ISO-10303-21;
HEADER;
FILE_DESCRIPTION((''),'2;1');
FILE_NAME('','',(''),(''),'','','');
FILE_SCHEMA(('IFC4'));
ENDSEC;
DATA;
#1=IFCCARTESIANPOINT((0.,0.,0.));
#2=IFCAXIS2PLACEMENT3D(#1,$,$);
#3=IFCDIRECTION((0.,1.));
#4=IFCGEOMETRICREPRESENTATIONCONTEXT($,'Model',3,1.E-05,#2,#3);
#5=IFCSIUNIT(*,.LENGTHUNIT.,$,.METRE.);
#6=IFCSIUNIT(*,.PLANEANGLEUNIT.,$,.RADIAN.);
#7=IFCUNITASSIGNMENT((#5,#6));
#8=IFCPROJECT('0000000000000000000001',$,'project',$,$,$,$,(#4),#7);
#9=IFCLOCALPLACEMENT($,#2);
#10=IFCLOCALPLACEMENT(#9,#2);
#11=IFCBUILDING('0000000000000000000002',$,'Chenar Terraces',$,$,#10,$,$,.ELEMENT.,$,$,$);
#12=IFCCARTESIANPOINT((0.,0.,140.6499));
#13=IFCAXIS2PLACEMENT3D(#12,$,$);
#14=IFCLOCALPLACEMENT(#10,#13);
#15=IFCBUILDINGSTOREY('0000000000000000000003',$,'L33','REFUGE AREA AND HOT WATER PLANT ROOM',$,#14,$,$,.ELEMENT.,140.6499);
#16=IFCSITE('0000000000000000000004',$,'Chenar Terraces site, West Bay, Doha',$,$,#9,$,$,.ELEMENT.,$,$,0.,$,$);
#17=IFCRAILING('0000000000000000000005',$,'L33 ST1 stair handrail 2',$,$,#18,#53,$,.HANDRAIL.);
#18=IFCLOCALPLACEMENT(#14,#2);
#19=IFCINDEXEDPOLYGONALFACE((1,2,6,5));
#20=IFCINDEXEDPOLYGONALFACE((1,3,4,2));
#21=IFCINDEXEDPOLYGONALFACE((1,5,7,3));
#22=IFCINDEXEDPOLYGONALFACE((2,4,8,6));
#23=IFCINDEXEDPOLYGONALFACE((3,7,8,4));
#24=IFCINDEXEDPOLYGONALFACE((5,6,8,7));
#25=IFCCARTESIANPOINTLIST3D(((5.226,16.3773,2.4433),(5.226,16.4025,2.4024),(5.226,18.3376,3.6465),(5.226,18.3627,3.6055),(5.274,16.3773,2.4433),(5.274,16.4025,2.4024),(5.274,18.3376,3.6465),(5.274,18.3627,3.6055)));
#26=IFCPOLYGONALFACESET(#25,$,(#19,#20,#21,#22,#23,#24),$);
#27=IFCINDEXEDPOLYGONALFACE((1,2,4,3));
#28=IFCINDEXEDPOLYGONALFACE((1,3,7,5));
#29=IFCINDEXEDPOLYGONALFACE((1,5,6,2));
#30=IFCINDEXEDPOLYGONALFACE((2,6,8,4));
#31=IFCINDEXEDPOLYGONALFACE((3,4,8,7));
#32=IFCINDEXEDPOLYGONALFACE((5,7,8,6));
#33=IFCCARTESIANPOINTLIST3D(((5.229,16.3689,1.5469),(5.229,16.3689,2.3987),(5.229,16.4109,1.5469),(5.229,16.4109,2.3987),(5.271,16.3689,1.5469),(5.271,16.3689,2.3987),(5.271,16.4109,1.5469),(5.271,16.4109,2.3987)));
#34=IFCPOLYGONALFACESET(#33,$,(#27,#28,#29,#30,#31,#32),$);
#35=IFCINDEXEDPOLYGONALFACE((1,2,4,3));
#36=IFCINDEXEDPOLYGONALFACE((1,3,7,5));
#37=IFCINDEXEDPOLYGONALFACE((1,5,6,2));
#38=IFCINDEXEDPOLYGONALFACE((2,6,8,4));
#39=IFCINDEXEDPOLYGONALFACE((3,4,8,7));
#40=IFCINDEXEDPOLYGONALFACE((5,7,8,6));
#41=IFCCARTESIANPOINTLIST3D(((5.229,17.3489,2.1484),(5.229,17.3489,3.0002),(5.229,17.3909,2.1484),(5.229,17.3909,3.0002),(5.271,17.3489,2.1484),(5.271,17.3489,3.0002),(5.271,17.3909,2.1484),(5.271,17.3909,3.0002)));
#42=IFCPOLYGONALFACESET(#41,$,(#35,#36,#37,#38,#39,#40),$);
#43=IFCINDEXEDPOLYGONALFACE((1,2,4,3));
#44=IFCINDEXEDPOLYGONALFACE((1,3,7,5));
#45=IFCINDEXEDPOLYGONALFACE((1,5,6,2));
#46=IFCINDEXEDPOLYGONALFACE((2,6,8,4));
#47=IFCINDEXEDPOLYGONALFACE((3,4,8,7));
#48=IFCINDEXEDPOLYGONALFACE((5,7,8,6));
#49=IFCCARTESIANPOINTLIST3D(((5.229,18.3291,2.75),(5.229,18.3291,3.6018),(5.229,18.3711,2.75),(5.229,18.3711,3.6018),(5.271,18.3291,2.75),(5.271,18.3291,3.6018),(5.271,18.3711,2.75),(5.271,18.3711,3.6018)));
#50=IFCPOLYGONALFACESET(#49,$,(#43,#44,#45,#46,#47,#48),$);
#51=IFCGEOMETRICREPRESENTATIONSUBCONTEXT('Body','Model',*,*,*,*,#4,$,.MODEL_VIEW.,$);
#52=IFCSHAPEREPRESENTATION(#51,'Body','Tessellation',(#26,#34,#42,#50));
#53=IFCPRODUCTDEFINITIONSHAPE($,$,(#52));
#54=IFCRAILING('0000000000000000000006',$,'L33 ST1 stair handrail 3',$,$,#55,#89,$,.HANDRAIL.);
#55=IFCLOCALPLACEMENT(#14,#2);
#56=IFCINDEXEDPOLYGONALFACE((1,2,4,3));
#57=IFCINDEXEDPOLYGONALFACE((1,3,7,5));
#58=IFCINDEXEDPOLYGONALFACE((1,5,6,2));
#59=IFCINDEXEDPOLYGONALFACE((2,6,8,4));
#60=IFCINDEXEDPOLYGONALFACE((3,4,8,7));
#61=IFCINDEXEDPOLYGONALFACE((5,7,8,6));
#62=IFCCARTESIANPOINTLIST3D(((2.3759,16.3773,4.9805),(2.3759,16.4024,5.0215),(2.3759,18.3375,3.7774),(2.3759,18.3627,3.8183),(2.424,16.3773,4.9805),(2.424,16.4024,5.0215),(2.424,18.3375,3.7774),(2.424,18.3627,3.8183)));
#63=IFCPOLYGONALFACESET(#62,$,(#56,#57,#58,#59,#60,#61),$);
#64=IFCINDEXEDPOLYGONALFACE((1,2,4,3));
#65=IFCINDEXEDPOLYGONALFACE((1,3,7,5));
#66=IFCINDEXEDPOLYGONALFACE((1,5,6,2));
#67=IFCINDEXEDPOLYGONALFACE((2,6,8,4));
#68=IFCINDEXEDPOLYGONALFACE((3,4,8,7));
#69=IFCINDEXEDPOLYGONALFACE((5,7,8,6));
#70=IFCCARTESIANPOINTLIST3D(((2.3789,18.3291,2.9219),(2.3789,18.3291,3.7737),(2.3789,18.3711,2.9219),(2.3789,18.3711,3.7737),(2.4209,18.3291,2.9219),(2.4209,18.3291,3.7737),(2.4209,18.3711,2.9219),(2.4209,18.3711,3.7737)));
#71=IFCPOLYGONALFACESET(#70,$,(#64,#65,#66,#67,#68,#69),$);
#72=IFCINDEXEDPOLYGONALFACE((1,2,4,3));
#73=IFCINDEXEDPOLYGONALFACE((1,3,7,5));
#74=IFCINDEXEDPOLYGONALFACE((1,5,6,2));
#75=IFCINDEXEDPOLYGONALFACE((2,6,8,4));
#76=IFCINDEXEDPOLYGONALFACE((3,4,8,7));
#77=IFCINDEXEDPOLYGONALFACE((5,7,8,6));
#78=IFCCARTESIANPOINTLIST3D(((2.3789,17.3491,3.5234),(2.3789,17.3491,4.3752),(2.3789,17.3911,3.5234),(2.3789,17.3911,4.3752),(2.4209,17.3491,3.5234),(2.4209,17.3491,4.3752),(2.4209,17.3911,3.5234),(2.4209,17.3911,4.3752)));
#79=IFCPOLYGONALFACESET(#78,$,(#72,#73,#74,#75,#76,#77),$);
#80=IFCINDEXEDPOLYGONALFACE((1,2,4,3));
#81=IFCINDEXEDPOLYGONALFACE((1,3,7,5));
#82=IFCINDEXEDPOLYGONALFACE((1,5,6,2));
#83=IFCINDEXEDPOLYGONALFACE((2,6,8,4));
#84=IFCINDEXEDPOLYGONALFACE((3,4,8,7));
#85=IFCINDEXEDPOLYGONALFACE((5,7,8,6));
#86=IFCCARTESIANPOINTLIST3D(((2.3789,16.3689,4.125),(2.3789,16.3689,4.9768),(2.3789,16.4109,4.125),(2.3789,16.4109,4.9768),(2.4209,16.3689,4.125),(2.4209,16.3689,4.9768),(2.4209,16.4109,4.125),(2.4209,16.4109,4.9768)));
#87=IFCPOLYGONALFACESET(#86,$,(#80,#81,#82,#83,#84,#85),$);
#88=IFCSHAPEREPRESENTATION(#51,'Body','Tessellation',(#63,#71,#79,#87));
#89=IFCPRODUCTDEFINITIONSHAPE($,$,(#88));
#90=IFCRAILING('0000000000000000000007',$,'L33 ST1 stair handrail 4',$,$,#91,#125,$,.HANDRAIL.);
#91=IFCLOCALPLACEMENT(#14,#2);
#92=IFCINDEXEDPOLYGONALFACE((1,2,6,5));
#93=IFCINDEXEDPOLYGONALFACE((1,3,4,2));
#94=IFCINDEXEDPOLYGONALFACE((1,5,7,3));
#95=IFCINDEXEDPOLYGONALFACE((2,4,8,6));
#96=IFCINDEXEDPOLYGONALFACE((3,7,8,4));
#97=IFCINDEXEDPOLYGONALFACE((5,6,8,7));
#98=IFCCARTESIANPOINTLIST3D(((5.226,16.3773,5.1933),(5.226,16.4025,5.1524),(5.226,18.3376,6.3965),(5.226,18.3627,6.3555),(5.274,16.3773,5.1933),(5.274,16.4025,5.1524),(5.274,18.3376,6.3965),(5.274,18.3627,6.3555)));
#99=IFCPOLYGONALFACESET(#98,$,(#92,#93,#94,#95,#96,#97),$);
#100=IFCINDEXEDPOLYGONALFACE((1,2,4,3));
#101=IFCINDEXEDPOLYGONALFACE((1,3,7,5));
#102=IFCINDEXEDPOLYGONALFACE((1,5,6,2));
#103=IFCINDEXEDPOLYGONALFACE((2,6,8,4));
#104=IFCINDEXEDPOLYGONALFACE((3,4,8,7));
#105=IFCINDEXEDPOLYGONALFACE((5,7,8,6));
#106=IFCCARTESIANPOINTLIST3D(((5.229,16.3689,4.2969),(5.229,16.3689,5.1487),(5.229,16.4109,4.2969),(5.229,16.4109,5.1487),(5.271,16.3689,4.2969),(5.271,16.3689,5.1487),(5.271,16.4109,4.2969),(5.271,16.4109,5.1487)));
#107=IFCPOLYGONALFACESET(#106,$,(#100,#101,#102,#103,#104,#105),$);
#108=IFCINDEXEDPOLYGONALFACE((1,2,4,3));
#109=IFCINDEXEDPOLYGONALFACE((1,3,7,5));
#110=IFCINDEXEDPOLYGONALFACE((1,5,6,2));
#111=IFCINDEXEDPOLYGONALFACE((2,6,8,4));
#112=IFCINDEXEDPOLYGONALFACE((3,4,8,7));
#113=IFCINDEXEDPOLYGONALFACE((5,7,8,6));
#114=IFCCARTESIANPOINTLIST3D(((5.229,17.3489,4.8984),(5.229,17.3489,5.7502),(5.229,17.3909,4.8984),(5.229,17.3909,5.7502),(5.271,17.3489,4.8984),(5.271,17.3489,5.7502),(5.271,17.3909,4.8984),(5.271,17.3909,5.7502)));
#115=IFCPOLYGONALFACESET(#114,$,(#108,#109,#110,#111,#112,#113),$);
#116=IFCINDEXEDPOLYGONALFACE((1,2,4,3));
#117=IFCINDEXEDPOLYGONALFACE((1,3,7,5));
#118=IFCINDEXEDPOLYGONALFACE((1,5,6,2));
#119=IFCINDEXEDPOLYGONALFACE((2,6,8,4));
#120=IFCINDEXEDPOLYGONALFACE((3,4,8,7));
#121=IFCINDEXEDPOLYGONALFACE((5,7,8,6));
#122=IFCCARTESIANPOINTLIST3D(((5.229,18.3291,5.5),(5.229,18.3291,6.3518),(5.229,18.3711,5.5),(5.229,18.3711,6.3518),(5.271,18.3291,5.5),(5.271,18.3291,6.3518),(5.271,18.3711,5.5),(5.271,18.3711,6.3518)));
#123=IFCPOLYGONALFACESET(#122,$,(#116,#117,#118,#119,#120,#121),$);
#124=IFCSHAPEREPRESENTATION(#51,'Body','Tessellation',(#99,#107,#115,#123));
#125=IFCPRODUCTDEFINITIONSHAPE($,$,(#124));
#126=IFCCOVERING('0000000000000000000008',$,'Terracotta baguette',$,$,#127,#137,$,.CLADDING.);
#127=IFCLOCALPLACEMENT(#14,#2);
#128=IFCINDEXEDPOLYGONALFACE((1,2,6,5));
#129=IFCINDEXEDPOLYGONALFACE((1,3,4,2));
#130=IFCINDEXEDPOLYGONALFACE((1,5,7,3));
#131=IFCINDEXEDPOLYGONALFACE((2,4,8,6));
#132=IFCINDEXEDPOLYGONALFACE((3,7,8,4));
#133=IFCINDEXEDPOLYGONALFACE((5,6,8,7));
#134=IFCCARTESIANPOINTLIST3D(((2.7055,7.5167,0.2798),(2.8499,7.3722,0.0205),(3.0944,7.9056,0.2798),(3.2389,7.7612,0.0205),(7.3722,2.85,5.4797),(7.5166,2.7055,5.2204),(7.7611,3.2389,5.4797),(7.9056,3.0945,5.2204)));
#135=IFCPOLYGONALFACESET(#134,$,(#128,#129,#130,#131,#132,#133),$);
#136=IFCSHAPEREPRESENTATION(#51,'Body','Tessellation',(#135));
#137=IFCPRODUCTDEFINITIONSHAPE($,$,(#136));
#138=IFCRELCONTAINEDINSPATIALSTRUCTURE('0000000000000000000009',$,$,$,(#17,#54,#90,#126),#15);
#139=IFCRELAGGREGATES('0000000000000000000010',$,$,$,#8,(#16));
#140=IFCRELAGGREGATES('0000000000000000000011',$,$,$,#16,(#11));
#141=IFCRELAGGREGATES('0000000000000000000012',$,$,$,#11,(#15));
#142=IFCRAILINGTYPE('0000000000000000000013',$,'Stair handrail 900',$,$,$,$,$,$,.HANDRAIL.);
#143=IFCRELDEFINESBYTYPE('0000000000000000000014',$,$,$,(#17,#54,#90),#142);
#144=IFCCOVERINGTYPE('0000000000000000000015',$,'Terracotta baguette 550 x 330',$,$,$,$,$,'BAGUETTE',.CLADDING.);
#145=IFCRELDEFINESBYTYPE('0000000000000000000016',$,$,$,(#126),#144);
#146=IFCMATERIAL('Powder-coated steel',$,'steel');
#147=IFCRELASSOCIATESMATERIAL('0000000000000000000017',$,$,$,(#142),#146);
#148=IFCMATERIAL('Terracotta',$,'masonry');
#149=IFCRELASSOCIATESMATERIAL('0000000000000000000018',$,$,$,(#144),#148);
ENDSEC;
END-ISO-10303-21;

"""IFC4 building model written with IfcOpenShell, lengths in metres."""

from ifc_helpers import new_model, si_unit, direction, frame, origin, origin_2d, place, context, subcontext, project, spatial, rectangle, extrude, material, material_profile, profile_set, type_object, element, save


model = new_model("IFC4")

# Units and contexts
model_context = context("Model", 3, precision=1e-05, world=origin(), true_north=direction((0.0, 1.0)))
body_context = subcontext(model_context, "Body", "Model", "MODEL_VIEW")
ifc_project = project(units=[si_unit("LENGTHUNIT", "METRE"), si_unit("PLANEANGLEUNIT", "RADIAN")], contexts=[model_context])

# Site, building, storey
site_placement = place(None, origin())
site = spatial("IfcSite", under=ifc_project, at=site_placement, Name="Chenar Terraces site, West Bay, Doha", CompositionType="ELEMENT", RefElevation=0.0)
building_placement = place(site_placement, origin())
building = spatial("IfcBuilding", under=site, at=building_placement, Name="Chenar Terraces", CompositionType="ELEMENT")
storey_placement = place(building_placement, frame((0.0, 0.0, 140.6499)))
storey = spatial("IfcBuildingStorey", under=building, at=storey_placement, Name="L33", Description="REFUGE AREA AND HOT WATER PLANT ROOM", CompositionType="ELEMENT", Elevation=140.6499)

# Railings
ifc_material_1 = material(Name="Powder-coated steel", Category="steel")
railing_type_1 = type_object("IfcRailingType", Name="Stair handrail 900", PredefinedType="HANDRAIL", material=ifc_material_1)
railing_1_placement = place(storey_placement, frame((5.25, 16.3899, 1.5469)))
element("IfcRailing", 1, at=railing_1_placement, inside=storey, type_object=railing_type_1, Name="L33 ST1 stair handrail 2", PredefinedType="HANDRAIL", context=body_context, shape_type="SweptSolid", body=[
    extrude(rectangle(XDim=0.0481, YDim=0.0481, at=origin_2d()), frame((0.0, 0.0, 0.876), z_axis=(0.0, 0.85227, 0.523102), x_axis=(-1.0, 0.0, 0.0)), (0.0, 0.0, 1.0), 2.3),
    extrude(rectangle(XDim=0.042, YDim=0.042, at=origin_2d()), origin(), (0.0, 0.0, 1.0), 0.8518),
    extrude(rectangle(XDim=0.042, YDim=0.042, at=origin_2d()), frame((0.0, 0.98, 0.6016)), (0.0, 0.0, 1.0), 0.8518),
    extrude(rectangle(XDim=0.042, YDim=0.042, at=origin_2d()), frame((0.0, 1.9602, 1.2031)), (0.0, 0.0, 1.0), 0.8518),
])
railing_2_placement = place(storey_placement, frame((2.3999, 18.3501, 2.9219)))
element("IfcRailing", 2, at=railing_2_placement, inside=storey, type_object=railing_type_1, Name="L33 ST1 stair handrail 3", PredefinedType="HANDRAIL", context=body_context, shape_type="SweptSolid", body=[
    extrude(rectangle(XDim=0.0481, YDim=0.0481, at=origin_2d()), frame((0.0, 0.0, 0.876), z_axis=(0.0, -0.85227, 0.523102), x_axis=(1.0, 0.0, 0.0)), (0.0, 0.0, 1.0), 2.3),
    extrude(rectangle(XDim=0.042, YDim=0.042, at=origin_2d()), origin(), (0.0, 0.0, 1.0), 0.8518),
    extrude(rectangle(XDim=0.042, YDim=0.042, at=origin_2d()), frame((0.0, -0.98, 0.6016)), (0.0, 0.0, 1.0), 0.8518),
    extrude(rectangle(XDim=0.042, YDim=0.042, at=origin_2d()), frame((0.0, -1.9602, 1.2031)), (0.0, 0.0, 1.0), 0.8518),
])
railing_3_placement = place(storey_placement, frame((5.25, 16.3899, 4.2969)))
element("IfcRailing", 3, at=railing_3_placement, inside=storey, type_object=railing_type_1, Name="L33 ST1 stair handrail 4", PredefinedType="HANDRAIL", context=body_context, shape_type="SweptSolid", body=[
    extrude(rectangle(XDim=0.0481, YDim=0.0481, at=origin_2d()), frame((0.0, 0.0, 0.876), z_axis=(0.0, 0.85227, 0.523102), x_axis=(-1.0, 0.0, 0.0)), (0.0, 0.0, 1.0), 2.3),
    extrude(rectangle(XDim=0.042, YDim=0.042, at=origin_2d()), origin(), (0.0, 0.0, 1.0), 0.8518),
    extrude(rectangle(XDim=0.042, YDim=0.042, at=origin_2d()), frame((0.0, 0.98, 0.6016)), (0.0, 0.0, 1.0), 0.8518),
    extrude(rectangle(XDim=0.042, YDim=0.042, at=origin_2d()), frame((0.0, 1.9602, 1.2031)), (0.0, 0.0, 1.0), 0.8518),
])

# Covering
ifc_material_2 = material(Name="Terracotta", Category="masonry")
ifc_material_profile = material_profile(ifc_material_2, rectangle(XDim=0.55, YDim=0.3301, at=origin_2d()), Name="Terracotta baguette 550 x 330")
ifc_profile_set = profile_set([ifc_material_profile], Name="Terracotta")
covering_type = type_object("IfcCoveringType", Name="Terracotta baguette 550 x 330", ElementType="BAGUETTE", PredefinedType="CLADDING", material=ifc_profile_set)
covering_placement = place(storey_placement, frame((2.9722, 7.6389, 0.1501), z_axis=(0.555421, -0.555421, 0.618881), x_axis=(0.707107, 0.707107, 0.0)))
element("IfcCovering", 4, at=covering_placement, inside=storey, type_object=covering_type, Name="Terracotta baguette", PredefinedType="CLADDING", context=body_context, shape_type="SweptSolid", body=[
    extrude(rectangle(XDim=0.55, YDim=0.3301, at=origin_2d()), origin(), (0.0, 0.0, 1.0), 8.4021),
])

save(model, "model.ifc")
